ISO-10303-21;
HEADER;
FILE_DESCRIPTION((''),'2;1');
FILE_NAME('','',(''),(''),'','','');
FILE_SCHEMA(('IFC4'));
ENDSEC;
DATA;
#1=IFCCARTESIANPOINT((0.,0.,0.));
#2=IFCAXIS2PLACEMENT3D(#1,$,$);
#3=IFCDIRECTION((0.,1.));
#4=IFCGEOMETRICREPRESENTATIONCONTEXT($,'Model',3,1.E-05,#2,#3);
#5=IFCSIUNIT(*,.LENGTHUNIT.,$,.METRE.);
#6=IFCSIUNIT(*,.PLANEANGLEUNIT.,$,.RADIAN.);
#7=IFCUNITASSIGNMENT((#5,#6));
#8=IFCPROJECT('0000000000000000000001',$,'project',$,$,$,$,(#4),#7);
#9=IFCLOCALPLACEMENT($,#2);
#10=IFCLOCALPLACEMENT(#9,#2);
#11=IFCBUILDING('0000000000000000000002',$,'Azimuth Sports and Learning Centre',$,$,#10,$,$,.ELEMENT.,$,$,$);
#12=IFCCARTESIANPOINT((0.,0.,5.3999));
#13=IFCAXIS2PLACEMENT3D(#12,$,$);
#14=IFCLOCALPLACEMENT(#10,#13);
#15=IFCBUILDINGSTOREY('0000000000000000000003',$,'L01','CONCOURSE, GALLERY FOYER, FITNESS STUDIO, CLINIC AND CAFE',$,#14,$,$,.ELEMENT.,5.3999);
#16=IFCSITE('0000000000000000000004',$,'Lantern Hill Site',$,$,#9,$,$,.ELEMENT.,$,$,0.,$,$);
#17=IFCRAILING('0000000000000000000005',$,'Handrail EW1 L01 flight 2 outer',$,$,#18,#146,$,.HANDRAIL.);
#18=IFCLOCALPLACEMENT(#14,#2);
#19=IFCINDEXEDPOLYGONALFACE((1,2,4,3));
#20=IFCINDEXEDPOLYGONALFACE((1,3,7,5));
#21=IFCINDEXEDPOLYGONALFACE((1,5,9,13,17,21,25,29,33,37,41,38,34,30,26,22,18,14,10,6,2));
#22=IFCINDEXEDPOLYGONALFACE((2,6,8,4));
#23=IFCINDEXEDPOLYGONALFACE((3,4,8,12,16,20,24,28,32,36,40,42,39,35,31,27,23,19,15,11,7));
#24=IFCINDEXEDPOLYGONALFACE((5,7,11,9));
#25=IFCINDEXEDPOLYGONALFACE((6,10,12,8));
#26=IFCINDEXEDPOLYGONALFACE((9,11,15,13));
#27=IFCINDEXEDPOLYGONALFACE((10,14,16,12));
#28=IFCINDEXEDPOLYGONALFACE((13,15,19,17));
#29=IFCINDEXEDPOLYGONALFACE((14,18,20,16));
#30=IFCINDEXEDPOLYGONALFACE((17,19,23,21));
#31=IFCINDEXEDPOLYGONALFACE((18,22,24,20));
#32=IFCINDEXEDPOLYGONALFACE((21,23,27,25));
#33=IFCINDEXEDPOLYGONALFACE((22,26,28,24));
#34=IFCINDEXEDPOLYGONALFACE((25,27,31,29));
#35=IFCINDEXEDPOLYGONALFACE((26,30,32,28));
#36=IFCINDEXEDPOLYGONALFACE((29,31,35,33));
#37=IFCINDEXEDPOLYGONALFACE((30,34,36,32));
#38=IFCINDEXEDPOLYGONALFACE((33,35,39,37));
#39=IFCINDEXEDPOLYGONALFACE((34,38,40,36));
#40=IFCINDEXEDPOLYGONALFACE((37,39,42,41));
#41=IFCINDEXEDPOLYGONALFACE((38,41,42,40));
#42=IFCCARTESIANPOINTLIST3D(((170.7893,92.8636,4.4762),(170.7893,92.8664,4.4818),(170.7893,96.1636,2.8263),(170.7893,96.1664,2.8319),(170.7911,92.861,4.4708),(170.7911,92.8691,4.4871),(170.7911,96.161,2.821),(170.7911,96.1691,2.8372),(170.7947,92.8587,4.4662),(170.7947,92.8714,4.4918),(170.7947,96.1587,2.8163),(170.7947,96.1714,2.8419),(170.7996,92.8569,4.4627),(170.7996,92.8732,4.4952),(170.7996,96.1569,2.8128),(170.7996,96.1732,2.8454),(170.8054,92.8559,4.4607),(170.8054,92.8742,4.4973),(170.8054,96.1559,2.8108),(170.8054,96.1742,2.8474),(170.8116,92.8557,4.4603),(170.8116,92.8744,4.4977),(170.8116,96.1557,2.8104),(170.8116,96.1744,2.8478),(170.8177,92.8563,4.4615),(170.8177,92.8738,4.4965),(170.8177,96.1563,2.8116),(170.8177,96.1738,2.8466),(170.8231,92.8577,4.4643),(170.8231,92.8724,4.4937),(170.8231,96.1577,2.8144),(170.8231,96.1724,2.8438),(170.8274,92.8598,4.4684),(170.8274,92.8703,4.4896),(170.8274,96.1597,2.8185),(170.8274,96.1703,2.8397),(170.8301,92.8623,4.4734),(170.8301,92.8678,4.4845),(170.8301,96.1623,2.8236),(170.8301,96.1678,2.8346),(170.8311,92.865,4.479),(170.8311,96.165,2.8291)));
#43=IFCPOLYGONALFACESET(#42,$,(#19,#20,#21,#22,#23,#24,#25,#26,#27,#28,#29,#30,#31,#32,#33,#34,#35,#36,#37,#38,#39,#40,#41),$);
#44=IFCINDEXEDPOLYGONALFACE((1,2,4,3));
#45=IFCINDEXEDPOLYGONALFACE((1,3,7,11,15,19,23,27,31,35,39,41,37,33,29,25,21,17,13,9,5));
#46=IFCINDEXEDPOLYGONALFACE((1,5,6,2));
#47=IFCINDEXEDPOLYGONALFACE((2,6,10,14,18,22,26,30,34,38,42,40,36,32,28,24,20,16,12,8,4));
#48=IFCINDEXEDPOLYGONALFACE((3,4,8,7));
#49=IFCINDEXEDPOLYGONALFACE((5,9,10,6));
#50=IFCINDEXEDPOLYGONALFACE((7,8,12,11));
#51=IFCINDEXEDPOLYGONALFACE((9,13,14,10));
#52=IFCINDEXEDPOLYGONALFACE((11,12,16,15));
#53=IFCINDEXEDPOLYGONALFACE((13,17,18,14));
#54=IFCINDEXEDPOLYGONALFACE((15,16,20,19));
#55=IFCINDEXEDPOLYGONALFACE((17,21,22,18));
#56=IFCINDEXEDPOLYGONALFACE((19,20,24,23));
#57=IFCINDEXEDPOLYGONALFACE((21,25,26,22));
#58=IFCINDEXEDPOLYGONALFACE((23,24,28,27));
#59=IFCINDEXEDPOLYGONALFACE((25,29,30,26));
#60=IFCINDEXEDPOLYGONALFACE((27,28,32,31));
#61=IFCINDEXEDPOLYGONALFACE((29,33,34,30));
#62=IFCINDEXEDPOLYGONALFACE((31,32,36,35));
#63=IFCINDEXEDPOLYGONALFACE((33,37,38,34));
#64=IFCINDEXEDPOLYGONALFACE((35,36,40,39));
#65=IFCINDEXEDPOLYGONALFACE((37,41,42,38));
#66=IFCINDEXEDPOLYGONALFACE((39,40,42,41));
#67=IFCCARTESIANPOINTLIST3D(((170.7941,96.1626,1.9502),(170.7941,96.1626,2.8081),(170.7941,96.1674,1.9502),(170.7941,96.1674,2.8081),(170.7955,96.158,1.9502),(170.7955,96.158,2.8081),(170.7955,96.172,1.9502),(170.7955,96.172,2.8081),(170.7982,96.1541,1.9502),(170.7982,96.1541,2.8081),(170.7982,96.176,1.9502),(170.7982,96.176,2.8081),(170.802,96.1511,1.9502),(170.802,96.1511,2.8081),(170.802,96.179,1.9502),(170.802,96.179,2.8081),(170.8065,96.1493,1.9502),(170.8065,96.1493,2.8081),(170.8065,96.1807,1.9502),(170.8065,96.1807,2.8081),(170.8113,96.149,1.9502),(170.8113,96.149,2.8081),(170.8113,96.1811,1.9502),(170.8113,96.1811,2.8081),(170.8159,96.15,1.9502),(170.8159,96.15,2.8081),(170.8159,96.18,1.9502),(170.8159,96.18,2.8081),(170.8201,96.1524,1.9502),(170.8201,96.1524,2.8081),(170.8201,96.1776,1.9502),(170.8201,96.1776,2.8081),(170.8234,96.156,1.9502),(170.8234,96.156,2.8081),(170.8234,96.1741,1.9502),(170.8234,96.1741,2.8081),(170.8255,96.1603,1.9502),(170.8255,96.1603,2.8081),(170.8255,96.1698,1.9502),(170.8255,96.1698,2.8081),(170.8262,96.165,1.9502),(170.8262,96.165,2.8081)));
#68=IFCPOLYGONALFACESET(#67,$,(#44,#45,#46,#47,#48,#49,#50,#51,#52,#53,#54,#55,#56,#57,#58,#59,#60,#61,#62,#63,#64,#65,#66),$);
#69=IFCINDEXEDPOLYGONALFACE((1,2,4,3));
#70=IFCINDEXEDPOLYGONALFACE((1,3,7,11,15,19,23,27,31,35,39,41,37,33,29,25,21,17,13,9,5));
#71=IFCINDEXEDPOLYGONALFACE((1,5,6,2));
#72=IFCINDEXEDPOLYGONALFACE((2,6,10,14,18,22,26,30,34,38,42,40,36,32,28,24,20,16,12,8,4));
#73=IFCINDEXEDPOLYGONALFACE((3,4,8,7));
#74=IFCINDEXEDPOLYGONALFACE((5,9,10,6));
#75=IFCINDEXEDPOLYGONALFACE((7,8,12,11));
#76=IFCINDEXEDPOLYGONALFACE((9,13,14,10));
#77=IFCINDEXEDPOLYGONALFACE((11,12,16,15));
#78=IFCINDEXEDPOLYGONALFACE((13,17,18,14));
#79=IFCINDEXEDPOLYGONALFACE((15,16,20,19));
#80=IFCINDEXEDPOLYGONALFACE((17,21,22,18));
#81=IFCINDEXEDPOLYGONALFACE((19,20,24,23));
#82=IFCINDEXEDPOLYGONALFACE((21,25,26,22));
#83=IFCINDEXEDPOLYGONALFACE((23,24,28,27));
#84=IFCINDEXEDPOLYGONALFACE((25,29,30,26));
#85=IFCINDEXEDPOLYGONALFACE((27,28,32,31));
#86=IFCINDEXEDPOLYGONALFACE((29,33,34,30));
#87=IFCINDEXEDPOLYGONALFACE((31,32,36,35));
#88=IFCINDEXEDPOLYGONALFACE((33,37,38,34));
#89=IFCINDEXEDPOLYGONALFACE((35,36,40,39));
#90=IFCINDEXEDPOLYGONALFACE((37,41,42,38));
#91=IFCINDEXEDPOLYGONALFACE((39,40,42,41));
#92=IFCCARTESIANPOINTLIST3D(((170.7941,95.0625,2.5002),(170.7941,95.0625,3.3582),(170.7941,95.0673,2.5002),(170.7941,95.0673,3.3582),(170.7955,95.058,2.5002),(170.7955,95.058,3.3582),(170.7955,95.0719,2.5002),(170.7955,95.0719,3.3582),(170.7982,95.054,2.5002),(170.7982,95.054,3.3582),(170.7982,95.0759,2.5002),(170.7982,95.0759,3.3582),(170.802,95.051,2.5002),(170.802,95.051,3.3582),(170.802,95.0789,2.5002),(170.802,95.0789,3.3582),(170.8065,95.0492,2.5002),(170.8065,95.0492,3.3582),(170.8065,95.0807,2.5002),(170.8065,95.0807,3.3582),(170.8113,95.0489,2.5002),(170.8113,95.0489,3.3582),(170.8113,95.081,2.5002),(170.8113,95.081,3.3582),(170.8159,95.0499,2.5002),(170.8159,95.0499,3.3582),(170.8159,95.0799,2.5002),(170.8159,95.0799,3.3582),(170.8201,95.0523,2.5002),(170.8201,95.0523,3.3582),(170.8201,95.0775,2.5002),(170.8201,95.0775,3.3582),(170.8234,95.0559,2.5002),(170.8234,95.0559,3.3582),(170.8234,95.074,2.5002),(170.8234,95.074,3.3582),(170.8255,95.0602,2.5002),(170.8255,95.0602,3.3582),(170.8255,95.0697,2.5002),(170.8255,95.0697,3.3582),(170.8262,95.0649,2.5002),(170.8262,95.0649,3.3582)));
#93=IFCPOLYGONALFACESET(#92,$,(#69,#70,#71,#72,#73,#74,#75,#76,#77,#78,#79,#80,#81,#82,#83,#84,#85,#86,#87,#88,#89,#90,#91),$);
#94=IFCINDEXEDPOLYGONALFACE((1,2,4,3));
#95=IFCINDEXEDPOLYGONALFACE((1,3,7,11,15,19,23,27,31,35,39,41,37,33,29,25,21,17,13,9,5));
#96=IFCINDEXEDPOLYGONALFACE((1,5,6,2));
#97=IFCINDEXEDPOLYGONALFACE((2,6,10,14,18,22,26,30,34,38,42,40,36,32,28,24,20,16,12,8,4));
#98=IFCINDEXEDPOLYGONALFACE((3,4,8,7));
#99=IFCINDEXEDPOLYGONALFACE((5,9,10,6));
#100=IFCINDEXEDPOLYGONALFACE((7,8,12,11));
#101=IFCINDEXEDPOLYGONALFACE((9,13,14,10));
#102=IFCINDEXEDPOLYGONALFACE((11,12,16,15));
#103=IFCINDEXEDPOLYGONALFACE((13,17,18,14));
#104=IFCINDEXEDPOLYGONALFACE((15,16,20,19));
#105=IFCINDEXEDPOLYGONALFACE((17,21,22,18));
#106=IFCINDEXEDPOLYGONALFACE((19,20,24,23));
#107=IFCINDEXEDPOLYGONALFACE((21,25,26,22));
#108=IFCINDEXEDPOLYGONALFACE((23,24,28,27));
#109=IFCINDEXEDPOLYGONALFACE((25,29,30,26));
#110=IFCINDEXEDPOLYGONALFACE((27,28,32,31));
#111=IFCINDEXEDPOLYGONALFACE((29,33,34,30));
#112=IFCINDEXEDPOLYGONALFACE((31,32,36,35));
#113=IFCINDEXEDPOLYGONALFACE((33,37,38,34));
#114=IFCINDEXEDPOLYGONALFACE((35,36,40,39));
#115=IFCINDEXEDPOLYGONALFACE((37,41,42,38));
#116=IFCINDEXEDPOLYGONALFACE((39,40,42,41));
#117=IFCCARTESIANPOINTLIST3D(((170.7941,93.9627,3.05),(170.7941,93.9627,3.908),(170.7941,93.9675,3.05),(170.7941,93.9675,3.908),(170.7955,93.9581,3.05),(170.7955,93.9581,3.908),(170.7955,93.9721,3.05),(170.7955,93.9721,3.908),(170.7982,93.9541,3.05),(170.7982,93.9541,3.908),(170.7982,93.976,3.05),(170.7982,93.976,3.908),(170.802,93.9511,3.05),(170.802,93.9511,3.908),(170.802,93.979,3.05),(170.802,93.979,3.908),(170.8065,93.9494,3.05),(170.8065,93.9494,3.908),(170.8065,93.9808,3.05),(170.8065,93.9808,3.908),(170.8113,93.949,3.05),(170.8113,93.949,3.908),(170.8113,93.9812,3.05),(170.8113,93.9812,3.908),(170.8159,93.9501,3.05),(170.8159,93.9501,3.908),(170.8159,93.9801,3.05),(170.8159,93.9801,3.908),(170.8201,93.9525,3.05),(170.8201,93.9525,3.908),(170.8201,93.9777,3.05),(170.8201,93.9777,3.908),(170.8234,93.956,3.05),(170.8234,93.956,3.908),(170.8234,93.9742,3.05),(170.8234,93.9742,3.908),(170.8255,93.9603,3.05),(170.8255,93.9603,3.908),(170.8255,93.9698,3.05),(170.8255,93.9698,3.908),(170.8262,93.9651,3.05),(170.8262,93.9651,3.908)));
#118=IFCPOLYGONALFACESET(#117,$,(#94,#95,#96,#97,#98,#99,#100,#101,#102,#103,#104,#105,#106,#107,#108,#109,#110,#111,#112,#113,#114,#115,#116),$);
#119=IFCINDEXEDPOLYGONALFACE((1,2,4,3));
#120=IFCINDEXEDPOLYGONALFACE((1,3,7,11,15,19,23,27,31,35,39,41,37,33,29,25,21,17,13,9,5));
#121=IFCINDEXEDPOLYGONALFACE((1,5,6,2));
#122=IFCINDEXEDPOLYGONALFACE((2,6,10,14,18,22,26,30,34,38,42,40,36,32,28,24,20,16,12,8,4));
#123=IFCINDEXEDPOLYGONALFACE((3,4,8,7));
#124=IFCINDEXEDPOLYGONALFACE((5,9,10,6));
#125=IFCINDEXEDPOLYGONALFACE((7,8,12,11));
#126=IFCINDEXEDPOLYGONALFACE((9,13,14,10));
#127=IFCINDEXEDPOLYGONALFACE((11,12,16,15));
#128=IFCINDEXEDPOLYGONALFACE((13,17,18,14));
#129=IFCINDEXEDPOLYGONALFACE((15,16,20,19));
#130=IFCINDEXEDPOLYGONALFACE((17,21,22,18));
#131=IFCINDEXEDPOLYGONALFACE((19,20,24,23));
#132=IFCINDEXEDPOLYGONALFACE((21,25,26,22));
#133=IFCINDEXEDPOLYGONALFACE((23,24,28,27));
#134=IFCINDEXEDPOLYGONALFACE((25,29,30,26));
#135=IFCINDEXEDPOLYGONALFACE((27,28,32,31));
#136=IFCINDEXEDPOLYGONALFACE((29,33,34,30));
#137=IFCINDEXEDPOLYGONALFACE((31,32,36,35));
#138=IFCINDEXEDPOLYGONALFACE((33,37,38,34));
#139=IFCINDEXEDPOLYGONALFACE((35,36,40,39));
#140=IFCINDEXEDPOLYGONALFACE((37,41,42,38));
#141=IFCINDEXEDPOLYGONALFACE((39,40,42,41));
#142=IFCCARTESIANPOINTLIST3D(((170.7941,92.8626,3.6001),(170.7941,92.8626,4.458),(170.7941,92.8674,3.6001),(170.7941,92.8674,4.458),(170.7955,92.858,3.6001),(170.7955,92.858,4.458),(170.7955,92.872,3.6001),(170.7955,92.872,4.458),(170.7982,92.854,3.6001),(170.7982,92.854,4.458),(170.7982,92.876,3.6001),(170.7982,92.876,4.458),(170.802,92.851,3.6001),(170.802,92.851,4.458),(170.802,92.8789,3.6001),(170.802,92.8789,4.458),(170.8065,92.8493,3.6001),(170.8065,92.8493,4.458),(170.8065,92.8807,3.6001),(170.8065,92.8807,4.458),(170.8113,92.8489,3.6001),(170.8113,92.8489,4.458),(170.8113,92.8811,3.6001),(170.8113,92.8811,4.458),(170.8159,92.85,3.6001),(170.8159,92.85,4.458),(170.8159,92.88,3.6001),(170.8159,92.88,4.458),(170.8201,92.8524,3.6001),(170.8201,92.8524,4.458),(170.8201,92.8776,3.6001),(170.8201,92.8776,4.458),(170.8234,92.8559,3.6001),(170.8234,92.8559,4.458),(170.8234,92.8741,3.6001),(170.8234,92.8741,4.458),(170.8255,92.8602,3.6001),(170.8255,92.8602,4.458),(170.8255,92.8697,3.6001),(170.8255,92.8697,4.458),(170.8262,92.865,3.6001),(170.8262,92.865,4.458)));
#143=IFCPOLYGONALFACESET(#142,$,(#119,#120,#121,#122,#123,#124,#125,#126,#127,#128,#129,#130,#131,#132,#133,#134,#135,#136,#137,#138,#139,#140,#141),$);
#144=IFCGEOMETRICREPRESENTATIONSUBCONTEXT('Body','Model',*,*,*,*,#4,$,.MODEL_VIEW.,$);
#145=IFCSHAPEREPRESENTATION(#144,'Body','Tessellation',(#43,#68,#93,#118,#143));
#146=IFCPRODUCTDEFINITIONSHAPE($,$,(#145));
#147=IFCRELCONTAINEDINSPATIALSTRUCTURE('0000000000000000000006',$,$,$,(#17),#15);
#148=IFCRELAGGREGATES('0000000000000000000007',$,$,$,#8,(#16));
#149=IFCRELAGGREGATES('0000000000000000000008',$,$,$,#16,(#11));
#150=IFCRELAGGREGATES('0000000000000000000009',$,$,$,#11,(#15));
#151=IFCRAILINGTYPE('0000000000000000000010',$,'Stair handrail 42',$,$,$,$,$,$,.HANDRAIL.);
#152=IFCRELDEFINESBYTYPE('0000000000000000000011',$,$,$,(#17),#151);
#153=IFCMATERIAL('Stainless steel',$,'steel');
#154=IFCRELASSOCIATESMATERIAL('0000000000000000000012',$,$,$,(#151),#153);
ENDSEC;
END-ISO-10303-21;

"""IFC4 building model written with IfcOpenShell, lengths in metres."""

from ifc_helpers import new_model, si_unit, direction, frame, origin, origin_2d, place, context, subcontext, project, spatial, circle, extrude, material, type_object, element, save


model = new_model("IFC4")

# Units and contexts
model_context = context("Model", 3, precision=1e-05, world=origin(), true_north=direction((0.0, 1.0)))
body_context = subcontext(model_context, "Body", "Model", "MODEL_VIEW")
ifc_project = project(units=[si_unit("LENGTHUNIT", "METRE"), si_unit("PLANEANGLEUNIT", "RADIAN")], contexts=[model_context])

# Site, building, storey
site_placement = place(None, origin())
site = spatial("IfcSite", under=ifc_project, at=site_placement, Name="Lantern Hill Site", CompositionType="ELEMENT", RefElevation=0.0)
building_placement = place(site_placement, origin())
building = spatial("IfcBuilding", under=site, at=building_placement, Name="Azimuth Sports and Learning Centre", CompositionType="ELEMENT")
storey_placement = place(building_placement, frame((0.0, 0.0, 5.3999)))
storey = spatial("IfcBuildingStorey", under=building, at=storey_placement, Name="L01", Description="CONCOURSE, GALLERY FOYER, FITNESS STUDIO, CLINIC AND CAFE", CompositionType="ELEMENT", Elevation=5.3999)

# Railing
ifc_material_1 = material(Name="Stainless steel", Category="steel")
railing_type = type_object("IfcRailingType", Name="Stair handrail 42", PredefinedType="HANDRAIL", material=ifc_material_1)
for number, where, name in (
    (1, (170.8101, 96.165, 1.9502), "Handrail EW1 L01 flight 2 outer"),
):
    element("IfcRailing", number, at=place(storey_placement, frame(where)), inside=storey, type_object=railing_type, Name=name, PredefinedType="HANDRAIL", context=body_context, shape_type="SweptSolid", body=[
        extrude(circle(Radius=0.021, at=origin_2d()), frame((0.0, 0.0, 0.8789), z_axis=(0.0, -0.89444, 0.447187), x_axis=(1.0, 0.0, 0.0)), (0.0, 0.0, 1.0), 3.6895),
        extrude(circle(Radius=0.0161, at=origin_2d()), origin(), (0.0, 0.0, 1.0), 0.8579),
        extrude(circle(Radius=0.0161, at=origin_2d()), frame((0.0, -1.1001, 0.55)), (0.0, 0.0, 1.0), 0.8579),
        extrude(circle(Radius=0.0161, at=origin_2d()), frame((0.0, -2.2, 1.0999)), (0.0, 0.0, 1.0), 0.8579),
        extrude(circle(Radius=0.0161, at=origin_2d()), frame((0.0, -3.3, 1.6499)), (0.0, 0.0, 1.0), 0.8579),
    ])

save(model, "model.ifc")
